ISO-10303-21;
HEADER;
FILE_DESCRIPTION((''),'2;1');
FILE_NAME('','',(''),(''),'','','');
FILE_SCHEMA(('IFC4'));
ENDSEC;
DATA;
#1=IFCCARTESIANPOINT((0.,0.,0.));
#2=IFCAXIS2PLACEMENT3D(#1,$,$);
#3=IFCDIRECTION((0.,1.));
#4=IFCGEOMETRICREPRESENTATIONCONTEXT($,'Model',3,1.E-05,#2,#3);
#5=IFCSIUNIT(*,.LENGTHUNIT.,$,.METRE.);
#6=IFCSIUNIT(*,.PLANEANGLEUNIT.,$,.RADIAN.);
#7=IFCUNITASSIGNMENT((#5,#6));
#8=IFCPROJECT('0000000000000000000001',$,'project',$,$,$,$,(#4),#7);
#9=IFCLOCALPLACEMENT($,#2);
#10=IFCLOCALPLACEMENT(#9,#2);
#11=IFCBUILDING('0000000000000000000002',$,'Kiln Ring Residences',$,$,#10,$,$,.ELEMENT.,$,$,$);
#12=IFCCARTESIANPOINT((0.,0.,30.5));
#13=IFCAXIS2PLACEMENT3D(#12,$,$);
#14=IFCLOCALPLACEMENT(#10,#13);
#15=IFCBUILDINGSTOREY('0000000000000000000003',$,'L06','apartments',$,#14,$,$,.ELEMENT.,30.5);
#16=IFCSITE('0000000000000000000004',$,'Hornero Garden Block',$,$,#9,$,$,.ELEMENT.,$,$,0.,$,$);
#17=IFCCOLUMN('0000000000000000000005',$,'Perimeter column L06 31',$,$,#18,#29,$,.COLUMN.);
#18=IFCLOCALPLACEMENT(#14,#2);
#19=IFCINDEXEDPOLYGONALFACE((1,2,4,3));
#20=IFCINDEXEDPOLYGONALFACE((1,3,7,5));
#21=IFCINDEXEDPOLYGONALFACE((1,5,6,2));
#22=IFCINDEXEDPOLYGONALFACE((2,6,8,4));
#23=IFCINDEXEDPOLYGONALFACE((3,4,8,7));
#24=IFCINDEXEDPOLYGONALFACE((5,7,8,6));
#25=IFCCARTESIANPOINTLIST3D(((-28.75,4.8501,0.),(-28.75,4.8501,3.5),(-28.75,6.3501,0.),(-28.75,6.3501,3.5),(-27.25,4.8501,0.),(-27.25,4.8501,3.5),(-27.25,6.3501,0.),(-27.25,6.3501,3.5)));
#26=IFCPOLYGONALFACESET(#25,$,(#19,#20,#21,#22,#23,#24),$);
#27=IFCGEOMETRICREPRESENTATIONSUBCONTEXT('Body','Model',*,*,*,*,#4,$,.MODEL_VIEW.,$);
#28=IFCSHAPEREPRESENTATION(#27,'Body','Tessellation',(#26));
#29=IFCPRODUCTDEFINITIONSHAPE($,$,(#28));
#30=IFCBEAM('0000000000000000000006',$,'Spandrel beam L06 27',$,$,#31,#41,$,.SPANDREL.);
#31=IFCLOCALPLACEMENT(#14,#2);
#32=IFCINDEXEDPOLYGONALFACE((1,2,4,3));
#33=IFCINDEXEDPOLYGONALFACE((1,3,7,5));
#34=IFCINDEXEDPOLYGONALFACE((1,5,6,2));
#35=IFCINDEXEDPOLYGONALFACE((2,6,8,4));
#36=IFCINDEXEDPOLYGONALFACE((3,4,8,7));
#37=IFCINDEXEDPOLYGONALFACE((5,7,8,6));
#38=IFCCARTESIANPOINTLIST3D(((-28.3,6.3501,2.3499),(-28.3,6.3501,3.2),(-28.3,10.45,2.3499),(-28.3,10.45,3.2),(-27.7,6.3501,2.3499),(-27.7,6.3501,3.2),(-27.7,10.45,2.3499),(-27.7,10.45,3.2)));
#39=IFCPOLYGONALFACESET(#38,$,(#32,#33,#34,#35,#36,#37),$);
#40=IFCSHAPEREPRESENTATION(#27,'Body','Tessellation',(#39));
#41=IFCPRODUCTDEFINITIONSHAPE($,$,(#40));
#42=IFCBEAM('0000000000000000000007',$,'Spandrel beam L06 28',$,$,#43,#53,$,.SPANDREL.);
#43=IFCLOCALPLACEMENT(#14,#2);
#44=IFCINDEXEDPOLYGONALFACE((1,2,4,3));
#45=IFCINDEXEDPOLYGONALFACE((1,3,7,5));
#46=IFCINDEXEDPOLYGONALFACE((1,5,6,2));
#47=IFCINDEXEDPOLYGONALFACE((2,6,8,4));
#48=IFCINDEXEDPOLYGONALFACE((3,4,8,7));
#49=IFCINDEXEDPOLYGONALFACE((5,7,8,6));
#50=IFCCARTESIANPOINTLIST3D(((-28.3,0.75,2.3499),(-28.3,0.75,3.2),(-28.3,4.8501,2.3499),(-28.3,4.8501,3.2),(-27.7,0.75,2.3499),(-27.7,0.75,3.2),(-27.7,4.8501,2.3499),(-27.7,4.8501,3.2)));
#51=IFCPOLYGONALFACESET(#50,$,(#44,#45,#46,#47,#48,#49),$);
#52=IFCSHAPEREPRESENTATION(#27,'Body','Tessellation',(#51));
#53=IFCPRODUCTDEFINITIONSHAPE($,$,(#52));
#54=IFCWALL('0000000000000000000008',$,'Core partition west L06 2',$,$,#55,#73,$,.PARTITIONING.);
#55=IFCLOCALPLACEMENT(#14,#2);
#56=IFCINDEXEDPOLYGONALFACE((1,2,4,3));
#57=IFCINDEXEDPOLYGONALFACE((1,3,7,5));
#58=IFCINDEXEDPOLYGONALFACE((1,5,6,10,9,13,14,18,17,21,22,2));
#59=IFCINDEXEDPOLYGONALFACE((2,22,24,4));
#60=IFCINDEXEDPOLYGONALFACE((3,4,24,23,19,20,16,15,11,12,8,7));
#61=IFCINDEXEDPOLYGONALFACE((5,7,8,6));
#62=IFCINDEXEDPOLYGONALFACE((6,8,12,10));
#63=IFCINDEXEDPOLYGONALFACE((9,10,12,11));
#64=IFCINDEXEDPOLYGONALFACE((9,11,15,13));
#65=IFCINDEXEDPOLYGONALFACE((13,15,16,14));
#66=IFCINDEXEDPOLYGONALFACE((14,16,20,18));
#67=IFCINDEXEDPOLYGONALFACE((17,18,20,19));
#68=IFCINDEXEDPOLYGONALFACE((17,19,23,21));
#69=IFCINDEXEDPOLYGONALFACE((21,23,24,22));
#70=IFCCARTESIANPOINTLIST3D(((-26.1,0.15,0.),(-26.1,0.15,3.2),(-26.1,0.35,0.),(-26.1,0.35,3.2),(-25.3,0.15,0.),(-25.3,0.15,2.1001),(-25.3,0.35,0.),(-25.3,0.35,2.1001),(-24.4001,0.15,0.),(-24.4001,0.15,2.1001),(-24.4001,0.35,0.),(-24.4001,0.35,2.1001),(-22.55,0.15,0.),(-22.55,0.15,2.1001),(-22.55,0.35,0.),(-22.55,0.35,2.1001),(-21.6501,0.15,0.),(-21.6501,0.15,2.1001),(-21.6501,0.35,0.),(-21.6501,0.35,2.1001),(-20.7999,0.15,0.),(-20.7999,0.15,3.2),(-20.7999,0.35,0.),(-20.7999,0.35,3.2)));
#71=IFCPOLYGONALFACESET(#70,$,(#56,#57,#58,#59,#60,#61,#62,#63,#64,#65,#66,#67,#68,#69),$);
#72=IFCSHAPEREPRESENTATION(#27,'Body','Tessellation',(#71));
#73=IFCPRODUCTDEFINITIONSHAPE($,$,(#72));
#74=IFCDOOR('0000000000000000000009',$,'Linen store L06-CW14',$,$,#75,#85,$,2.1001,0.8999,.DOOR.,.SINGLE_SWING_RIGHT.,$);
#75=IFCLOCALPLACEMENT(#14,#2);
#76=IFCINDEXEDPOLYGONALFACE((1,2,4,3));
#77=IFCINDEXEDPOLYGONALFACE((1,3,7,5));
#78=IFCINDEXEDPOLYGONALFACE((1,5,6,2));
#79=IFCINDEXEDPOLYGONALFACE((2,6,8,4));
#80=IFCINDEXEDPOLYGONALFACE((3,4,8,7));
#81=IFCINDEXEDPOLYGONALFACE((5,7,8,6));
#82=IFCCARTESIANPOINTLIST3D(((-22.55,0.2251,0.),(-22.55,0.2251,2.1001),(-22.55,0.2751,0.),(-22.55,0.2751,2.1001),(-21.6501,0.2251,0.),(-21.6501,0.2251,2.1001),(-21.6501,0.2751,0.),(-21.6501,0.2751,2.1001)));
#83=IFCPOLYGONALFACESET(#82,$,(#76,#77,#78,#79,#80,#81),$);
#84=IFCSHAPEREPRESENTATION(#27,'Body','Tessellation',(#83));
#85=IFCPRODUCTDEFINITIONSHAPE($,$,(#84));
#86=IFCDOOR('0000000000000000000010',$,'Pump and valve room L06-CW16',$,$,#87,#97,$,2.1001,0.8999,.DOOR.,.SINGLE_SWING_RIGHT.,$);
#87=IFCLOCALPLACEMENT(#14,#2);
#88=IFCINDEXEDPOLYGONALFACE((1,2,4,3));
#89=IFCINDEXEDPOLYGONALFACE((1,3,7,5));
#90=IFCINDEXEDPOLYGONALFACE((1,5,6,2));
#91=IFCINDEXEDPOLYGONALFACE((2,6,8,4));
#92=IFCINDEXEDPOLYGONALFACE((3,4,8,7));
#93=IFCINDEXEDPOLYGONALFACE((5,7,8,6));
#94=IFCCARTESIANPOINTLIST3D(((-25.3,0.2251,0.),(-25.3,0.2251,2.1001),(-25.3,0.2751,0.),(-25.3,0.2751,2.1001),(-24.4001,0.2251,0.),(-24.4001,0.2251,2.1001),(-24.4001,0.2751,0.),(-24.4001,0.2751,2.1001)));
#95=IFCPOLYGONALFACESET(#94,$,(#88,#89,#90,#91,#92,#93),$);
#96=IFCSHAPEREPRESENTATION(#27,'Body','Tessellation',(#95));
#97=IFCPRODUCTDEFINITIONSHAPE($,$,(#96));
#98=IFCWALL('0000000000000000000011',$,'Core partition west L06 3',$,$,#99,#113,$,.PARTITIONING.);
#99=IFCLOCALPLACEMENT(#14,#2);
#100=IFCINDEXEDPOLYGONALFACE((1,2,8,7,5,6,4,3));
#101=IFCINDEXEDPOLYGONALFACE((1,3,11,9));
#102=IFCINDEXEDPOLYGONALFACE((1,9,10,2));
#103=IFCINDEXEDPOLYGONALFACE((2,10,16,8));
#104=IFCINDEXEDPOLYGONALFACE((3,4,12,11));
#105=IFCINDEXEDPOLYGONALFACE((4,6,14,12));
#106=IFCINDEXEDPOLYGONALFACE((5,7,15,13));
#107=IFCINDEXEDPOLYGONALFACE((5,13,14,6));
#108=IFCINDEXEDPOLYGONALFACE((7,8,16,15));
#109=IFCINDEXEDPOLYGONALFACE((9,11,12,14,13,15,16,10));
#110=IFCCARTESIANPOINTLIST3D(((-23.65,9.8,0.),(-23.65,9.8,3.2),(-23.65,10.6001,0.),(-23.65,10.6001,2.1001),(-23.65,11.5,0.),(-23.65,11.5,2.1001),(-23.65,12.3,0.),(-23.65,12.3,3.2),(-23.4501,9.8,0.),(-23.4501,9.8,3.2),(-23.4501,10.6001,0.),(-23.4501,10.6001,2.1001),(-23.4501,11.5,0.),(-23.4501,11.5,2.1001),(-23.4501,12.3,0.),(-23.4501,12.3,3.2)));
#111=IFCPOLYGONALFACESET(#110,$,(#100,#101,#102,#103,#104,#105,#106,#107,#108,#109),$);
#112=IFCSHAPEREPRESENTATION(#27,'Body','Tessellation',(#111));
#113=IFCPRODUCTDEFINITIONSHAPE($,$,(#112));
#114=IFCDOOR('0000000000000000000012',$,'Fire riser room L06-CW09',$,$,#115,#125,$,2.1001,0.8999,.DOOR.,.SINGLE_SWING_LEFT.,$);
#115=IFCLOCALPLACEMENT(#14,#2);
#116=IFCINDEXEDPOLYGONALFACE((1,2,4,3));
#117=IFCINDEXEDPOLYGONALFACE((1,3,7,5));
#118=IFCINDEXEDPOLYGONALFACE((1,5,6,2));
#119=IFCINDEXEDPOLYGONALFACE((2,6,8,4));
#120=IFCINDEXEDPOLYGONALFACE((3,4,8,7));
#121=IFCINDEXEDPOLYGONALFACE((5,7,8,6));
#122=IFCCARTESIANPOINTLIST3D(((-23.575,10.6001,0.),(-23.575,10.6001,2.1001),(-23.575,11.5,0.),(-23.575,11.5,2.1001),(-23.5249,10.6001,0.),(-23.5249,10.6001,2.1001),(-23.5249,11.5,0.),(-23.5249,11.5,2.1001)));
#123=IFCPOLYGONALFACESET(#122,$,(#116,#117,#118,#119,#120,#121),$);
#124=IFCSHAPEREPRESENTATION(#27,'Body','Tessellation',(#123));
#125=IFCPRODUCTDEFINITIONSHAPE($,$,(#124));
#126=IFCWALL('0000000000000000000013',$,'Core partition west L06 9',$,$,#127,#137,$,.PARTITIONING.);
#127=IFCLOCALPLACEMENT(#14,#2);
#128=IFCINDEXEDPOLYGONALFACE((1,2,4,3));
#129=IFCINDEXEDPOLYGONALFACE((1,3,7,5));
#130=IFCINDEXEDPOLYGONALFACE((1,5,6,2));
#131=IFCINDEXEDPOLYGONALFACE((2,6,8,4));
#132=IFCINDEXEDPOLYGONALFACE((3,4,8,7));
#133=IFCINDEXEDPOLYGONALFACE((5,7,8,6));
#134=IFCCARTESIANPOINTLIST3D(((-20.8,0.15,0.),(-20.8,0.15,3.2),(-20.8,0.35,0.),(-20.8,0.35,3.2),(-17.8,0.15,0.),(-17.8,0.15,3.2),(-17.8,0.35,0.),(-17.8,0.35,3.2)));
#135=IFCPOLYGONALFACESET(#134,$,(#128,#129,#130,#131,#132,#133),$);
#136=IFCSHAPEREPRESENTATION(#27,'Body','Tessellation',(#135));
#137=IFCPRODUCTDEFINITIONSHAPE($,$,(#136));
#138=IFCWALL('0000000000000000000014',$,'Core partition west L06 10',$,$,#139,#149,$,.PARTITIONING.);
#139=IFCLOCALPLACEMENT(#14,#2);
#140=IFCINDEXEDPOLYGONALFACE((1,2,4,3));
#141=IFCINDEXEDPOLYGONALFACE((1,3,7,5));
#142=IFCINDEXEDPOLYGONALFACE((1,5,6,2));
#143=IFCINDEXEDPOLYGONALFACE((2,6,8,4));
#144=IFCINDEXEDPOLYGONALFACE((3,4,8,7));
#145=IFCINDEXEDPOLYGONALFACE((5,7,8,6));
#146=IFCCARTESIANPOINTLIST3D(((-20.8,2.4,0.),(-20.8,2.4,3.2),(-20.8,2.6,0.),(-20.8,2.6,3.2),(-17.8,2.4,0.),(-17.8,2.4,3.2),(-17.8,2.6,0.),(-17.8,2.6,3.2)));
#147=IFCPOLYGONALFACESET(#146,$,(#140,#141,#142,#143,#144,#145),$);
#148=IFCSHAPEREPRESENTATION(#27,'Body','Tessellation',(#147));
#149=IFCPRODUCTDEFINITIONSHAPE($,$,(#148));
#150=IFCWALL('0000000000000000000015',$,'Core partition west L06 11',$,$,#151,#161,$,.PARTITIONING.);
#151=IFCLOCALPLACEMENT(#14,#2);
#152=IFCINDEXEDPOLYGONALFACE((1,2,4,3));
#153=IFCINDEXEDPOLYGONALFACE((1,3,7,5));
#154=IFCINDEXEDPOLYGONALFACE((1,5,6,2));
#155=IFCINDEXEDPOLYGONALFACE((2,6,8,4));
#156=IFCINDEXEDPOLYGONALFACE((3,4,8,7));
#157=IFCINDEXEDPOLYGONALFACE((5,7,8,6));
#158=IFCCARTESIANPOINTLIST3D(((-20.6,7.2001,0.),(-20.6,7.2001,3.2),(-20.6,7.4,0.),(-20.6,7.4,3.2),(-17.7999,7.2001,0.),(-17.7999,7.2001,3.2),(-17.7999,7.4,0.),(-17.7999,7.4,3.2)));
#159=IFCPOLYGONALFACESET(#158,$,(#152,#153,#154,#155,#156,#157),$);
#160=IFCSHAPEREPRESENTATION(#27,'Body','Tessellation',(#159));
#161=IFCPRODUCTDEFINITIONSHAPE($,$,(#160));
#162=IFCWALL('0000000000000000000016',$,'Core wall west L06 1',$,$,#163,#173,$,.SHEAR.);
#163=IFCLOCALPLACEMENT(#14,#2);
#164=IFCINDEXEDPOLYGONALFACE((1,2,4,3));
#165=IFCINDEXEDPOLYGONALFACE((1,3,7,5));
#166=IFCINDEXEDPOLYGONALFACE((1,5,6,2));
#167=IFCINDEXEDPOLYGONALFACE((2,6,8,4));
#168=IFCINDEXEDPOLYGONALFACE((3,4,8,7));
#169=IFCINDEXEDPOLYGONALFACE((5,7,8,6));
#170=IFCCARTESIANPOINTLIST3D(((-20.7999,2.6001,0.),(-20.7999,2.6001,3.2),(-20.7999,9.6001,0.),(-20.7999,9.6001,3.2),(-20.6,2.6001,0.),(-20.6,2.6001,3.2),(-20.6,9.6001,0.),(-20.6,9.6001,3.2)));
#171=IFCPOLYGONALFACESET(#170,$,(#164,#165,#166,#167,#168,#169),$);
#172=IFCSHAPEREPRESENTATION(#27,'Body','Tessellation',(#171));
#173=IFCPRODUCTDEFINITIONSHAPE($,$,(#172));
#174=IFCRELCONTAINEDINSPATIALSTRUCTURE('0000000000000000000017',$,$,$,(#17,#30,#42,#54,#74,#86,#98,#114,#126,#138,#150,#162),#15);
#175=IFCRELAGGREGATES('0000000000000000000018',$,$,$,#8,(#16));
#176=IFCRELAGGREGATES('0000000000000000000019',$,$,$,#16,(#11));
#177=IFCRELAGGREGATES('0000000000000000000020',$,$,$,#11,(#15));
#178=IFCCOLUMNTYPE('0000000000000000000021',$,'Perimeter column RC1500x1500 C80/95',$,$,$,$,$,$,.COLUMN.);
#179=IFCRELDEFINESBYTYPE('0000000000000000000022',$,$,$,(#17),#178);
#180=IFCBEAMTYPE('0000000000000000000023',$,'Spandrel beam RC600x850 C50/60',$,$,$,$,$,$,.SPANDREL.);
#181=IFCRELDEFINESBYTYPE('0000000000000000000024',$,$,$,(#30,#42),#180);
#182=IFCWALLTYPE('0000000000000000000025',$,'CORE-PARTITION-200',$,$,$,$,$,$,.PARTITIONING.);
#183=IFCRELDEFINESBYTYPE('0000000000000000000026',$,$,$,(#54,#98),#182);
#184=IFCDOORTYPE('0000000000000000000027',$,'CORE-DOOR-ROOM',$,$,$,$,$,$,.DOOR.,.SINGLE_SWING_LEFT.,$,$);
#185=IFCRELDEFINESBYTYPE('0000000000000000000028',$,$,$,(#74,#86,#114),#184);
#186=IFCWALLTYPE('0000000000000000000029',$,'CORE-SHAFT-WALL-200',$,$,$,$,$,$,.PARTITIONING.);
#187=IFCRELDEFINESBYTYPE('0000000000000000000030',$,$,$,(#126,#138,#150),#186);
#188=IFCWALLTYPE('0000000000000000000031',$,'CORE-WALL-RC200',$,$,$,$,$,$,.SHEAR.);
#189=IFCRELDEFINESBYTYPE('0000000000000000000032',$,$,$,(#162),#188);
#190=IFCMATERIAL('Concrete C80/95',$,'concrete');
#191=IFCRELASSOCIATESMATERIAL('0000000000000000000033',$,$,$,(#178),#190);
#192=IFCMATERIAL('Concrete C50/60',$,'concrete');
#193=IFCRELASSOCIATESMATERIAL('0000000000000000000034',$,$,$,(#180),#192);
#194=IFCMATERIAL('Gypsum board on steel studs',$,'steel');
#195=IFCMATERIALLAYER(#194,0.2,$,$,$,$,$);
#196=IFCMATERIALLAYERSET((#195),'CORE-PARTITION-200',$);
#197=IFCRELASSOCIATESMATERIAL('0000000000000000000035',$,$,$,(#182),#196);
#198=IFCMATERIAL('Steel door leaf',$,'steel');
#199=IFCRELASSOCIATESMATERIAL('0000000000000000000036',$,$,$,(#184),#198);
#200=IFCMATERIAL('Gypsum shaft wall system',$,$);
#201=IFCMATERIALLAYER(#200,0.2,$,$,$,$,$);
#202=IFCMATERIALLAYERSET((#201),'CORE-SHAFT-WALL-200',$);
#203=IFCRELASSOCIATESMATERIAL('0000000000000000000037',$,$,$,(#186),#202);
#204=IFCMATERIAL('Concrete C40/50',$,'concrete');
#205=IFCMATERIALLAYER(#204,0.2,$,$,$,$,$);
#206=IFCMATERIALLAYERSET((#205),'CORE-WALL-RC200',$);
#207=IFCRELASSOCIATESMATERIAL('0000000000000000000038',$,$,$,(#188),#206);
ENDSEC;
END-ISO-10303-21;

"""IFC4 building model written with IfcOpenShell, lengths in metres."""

from ifc_helpers import new_model, si_unit, direction, frame, frame_2d, origin, origin_2d, place, context, subcontext, project, spatial, rectangle, extrude, material, layer, layer_set, material_profile, profile_set, type_object, element, fill, save


model = new_model("IFC4")

# Units and contexts
model_context = context("Model", 3, precision=1e-05, world=origin(), true_north=direction((0.0, 1.0)))
body_context = subcontext(model_context, "Body", "Model", "MODEL_VIEW")
ifc_project = project(units=[si_unit("LENGTHUNIT", "METRE"), si_unit("PLANEANGLEUNIT", "RADIAN")], contexts=[model_context])

# Site, building, storey
site_placement = place(None, origin())
site = spatial("IfcSite", under=ifc_project, at=site_placement, Name="Hornero Garden Block", CompositionType="ELEMENT", RefElevation=0.0)
building_placement = place(site_placement, origin())
building = spatial("IfcBuilding", under=site, at=building_placement, Name="Kiln Ring Residences", CompositionType="ELEMENT")
storey_placement = place(building_placement, frame((0.0, 0.0, 30.5)))
storey = spatial("IfcBuildingStorey", under=building, at=storey_placement, Name="L06", Description="apartments", CompositionType="ELEMENT", Elevation=30.5)

# Column
ifc_material_1 = material(Name="Concrete C80/95", Category="concrete")
ifc_material_profile_1 = material_profile(ifc_material_1, rectangle(XDim=1.5, YDim=1.5, at=origin_2d()), Name="RC1500x1500")
ifc_profile_set_1 = profile_set([ifc_material_profile_1], Name="Concrete C80/95")
column_type = type_object("IfcColumnType", Name="Perimeter column RC1500x1500 C80/95", PredefinedType="COLUMN", material=ifc_profile_set_1)
column_placement = place(storey_placement, frame((-28.0, 5.6001, 0.0), z_axis=(0.0, 0.0, 1.0), x_axis=(1.0, 0.0, 0.0)))
element("IfcColumn", 1, at=column_placement, inside=storey, type_object=column_type, Name="Perimeter column L06 31", PredefinedType="COLUMN", context=body_context, shape_type="SweptSolid", body=[
    extrude(rectangle(XDim=1.5, YDim=1.5, at=origin_2d()), origin(), (0.0, 0.0, 1.0), 3.5),
])

# Beams
ifc_material_2 = material(Name="Concrete C50/60", Category="concrete")
ifc_material_profile_2 = material_profile(ifc_material_2, rectangle(XDim=0.6001, YDim=0.8501, at=origin_2d()), Name="RC600x850")
ifc_profile_set_2 = profile_set([ifc_material_profile_2], Name="Concrete C50/60")
beam_type = type_object("IfcBeamType", Name="Spandrel beam RC600x850 C50/60", PredefinedType="SPANDREL", material=ifc_profile_set_2)
beam_1_placement = place(storey_placement, frame((-28.0, 10.45, 2.7749), z_axis=(0.0, -1.0, 0.0), x_axis=(1.0, 0.0, 0.0)))
element("IfcBeam", 2, at=beam_1_placement, inside=storey, type_object=beam_type, Name="Spandrel beam L06 27", PredefinedType="SPANDREL", context=body_context, shape_type="SweptSolid", body=[
    extrude(rectangle(XDim=0.6001, YDim=0.8501, at=origin_2d()), origin(), (0.0, 0.0, 1.0), 4.0999),
])
beam_2_placement = place(storey_placement, frame((-28.0, 4.8501, 2.7749), z_axis=(0.0, -1.0, 0.0), x_axis=(1.0, 0.0, 0.0)))
element("IfcBeam", 3, at=beam_2_placement, inside=storey, type_object=beam_type, Name="Spandrel beam L06 28", PredefinedType="SPANDREL", context=body_context, shape_type="SweptSolid", body=[
    extrude(rectangle(XDim=0.6001, YDim=0.8501, at=origin_2d()), origin(), (0.0, 0.0, 1.0), 4.1001),
])

# Wall, openings, doors
ifc_material_3 = material(Name="Gypsum board on steel studs", Category="steel")
ifc_layer_1 = layer(ifc_material_3, 0.2)
ifc_layer_set_1 = layer_set([ifc_layer_1], Name="CORE-PARTITION-200")
wall_type_1 = type_object("IfcWallType", Name="CORE-PARTITION-200", PredefinedType="PARTITIONING", material=ifc_layer_set_1)
wall_1_placement = place(storey_placement, frame((-20.8, 0.25, 0.0), z_axis=(0.0, 0.0, 1.0), x_axis=(-1.0, 0.0, 0.0)))
wall_1 = element("IfcWall", 4, at=wall_1_placement, inside=storey, type_object=wall_type_1, Name="Core partition west L06 2", PredefinedType="PARTITIONING", context=body_context, shape_type="SweptSolid", body=[
    extrude(rectangle(XDim=5.3, YDim=0.2, at=frame_2d((2.6499, 0.0))), origin(), (0.0, 0.0, 1.0), 3.2),
])
opening_1_placement = place(wall_1_placement, frame((0.8501, 0.0, 0.0)))
opening_1 = element("IfcOpeningElement", 5, at=opening_1_placement, cuts=wall_1, PredefinedType="OPENING", context=body_context, shape_type="SweptSolid", body=[
    extrude(rectangle(XDim=0.8999, YDim=2.1001, at=frame_2d((0.45, 1.05))), frame((0.0, 0.1099, 0.0), z_axis=(0.0, -1.0, 0.0), x_axis=(1.0, 0.0, 0.0)), (0.0, 0.0, 1.0), 0.22),
])
opening_2_placement = place(wall_1_placement, frame((3.6001, 0.0, 0.0)))
opening_2 = element("IfcOpeningElement", 6, at=opening_2_placement, cuts=wall_1, PredefinedType="OPENING", context=body_context, shape_type="SweptSolid", body=[
    extrude(rectangle(XDim=0.8999, YDim=2.1001, at=frame_2d((0.45, 1.05))), frame((0.0, 0.1099, 0.0), z_axis=(0.0, -1.0, 0.0), x_axis=(1.0, 0.0, 0.0)), (0.0, 0.0, 1.0), 0.22),
])
ifc_material_4 = material(Name="Steel door leaf", Category="steel")
door_type_1 = type_object("IfcDoorType", Name="CORE-DOOR-ROOM", OperationType="SINGLE_SWING_LEFT", PredefinedType="DOOR", material=ifc_material_4)
door_1_placement = place(opening_1_placement, origin())
door_1 = element("IfcDoor", 7, at=door_1_placement, inside=storey, type_object=door_type_1, Name="Linen store L06-CW14", OperationType="SINGLE_SWING_RIGHT", OverallHeight=2.1001, OverallWidth=0.8999, PredefinedType="DOOR", context=body_context, shape_type="SweptSolid", body=[
    extrude(rectangle(XDim=0.8999, YDim=2.1001, at=frame_2d((0.45, 1.05))), frame((0.0, 0.0249, 0.0), z_axis=(0.0, -1.0, 0.0), x_axis=(1.0, 0.0, 0.0)), (0.0, 0.0, 1.0), 0.05),
])
fill(opening_1, door_1)
door_2_placement = place(opening_2_placement, origin())
door_2 = element("IfcDoor", 8, at=door_2_placement, inside=storey, type_object=door_type_1, Name="Pump and valve room L06-CW16", OperationType="SINGLE_SWING_RIGHT", OverallHeight=2.1001, OverallWidth=0.8999, PredefinedType="DOOR", context=body_context, shape_type="SweptSolid", body=[
    extrude(rectangle(XDim=0.8999, YDim=2.1001, at=frame_2d((0.45, 1.05))), frame((0.0, 0.0249, 0.0), z_axis=(0.0, -1.0, 0.0), x_axis=(1.0, 0.0, 0.0)), (0.0, 0.0, 1.0), 0.05),
])
fill(opening_2, door_2)

# Wall, opening, door
wall_2_placement = place(storey_placement, frame((-23.55, 9.8, 0.0), z_axis=(0.0, 0.0, 1.0), x_axis=(0.0, 1.0, 0.0)))
wall_2 = element("IfcWall", 9, at=wall_2_placement, inside=storey, type_object=wall_type_1, Name="Core partition west L06 3", PredefinedType="PARTITIONING", context=body_context, shape_type="SweptSolid", body=[
    extrude(rectangle(XDim=2.5, YDim=0.2, at=frame_2d((1.25, 0.0))), origin(), (0.0, 0.0, 1.0), 3.2),
])
opening_3_placement = place(wall_2_placement, frame((0.8, 0.0, 0.0)))
opening_3 = element("IfcOpeningElement", 10, at=opening_3_placement, cuts=wall_2, PredefinedType="OPENING", context=body_context, shape_type="SweptSolid", body=[
    extrude(rectangle(XDim=0.8999, YDim=2.1001, at=frame_2d((0.45, 1.05))), frame((0.0, 0.1099, 0.0), z_axis=(0.0, -1.0, 0.0), x_axis=(1.0, 0.0, 0.0)), (0.0, 0.0, 1.0), 0.22),
])
door_3_placement = place(opening_3_placement, origin())
door_3 = element("IfcDoor", 11, at=door_3_placement, inside=storey, type_object=door_type_1, Name="Fire riser room L06-CW09", OperationType="SINGLE_SWING_LEFT", OverallHeight=2.1001, OverallWidth=0.8999, PredefinedType="DOOR", context=body_context, shape_type="SweptSolid", body=[
    extrude(rectangle(XDim=0.8999, YDim=2.1001, at=frame_2d((0.45, 1.05))), frame((0.0, 0.0249, 0.0), z_axis=(0.0, -1.0, 0.0), x_axis=(1.0, 0.0, 0.0)), (0.0, 0.0, 1.0), 0.05),
])
fill(opening_3, door_3)

# Walls
ifc_material_5 = material(Name="Gypsum shaft wall system")
ifc_layer_2 = layer(ifc_material_5, 0.2)
ifc_layer_set_2 = layer_set([ifc_layer_2], Name="CORE-SHAFT-WALL-200")
wall_type_2 = type_object("IfcWallType", Name="CORE-SHAFT-WALL-200", PredefinedType="PARTITIONING", material=ifc_layer_set_2)
for number, where, z_axis, x_axis, name in (
    (12, (-17.8, 0.25, 0.0), (0.0, 0.0, 1.0), (-1.0, 0.0, 0.0), "Core partition west L06 9"),
    (13, (-17.8, 2.5, 0.0), (0.0, 0.0, 1.0), (-1.0, 0.0, 0.0), "Core partition west L06 10"),
):
    element("IfcWall", number, at=place(storey_placement, frame(where, z_axis=z_axis, x_axis=x_axis)), inside=storey, type_object=wall_type_2, Name=name, PredefinedType="PARTITIONING", context=body_context, shape_type="SweptSolid", body=[
        extrude(rectangle(XDim=3.0, YDim=0.2, at=frame_2d((1.5, 0.0))), origin(), (0.0, 0.0, 1.0), 3.2),
    ])
wall_3_placement = place(storey_placement, frame((-17.8, 7.3, 0.0), z_axis=(0.0, 0.0, 1.0), x_axis=(-1.0, 0.0, 0.0)))
element("IfcWall", 14, at=wall_3_placement, inside=storey, type_object=wall_type_2, Name="Core partition west L06 11", PredefinedType="PARTITIONING", context=body_context, shape_type="SweptSolid", body=[
    extrude(rectangle(XDim=2.8, YDim=0.2, at=frame_2d((1.3999, 0.0))), origin(), (0.0, 0.0, 1.0), 3.2),
])
ifc_material_6 = material(Name="Concrete C40/50", Category="concrete")
ifc_layer_3 = layer(ifc_material_6, 0.2)
ifc_layer_set_3 = layer_set([ifc_layer_3], Name="CORE-WALL-RC200")
wall_type_3 = type_object("IfcWallType", Name="CORE-WALL-RC200", PredefinedType="SHEAR", material=ifc_layer_set_3)
wall_4_placement = place(storey_placement, frame((-20.7, 2.6001, 0.0), z_axis=(0.0, 0.0, 1.0), x_axis=(0.0, 1.0, 0.0)))
element("IfcWall", 15, at=wall_4_placement, inside=storey, type_object=wall_type_3, Name="Core wall west L06 1", PredefinedType="SHEAR", context=body_context, shape_type="SweptSolid", body=[
    extrude(rectangle(XDim=7.0, YDim=0.2, at=frame_2d((3.5, 0.0))), origin(), (0.0, 0.0, 1.0), 3.2),
])

save(model, "model.ifc")
